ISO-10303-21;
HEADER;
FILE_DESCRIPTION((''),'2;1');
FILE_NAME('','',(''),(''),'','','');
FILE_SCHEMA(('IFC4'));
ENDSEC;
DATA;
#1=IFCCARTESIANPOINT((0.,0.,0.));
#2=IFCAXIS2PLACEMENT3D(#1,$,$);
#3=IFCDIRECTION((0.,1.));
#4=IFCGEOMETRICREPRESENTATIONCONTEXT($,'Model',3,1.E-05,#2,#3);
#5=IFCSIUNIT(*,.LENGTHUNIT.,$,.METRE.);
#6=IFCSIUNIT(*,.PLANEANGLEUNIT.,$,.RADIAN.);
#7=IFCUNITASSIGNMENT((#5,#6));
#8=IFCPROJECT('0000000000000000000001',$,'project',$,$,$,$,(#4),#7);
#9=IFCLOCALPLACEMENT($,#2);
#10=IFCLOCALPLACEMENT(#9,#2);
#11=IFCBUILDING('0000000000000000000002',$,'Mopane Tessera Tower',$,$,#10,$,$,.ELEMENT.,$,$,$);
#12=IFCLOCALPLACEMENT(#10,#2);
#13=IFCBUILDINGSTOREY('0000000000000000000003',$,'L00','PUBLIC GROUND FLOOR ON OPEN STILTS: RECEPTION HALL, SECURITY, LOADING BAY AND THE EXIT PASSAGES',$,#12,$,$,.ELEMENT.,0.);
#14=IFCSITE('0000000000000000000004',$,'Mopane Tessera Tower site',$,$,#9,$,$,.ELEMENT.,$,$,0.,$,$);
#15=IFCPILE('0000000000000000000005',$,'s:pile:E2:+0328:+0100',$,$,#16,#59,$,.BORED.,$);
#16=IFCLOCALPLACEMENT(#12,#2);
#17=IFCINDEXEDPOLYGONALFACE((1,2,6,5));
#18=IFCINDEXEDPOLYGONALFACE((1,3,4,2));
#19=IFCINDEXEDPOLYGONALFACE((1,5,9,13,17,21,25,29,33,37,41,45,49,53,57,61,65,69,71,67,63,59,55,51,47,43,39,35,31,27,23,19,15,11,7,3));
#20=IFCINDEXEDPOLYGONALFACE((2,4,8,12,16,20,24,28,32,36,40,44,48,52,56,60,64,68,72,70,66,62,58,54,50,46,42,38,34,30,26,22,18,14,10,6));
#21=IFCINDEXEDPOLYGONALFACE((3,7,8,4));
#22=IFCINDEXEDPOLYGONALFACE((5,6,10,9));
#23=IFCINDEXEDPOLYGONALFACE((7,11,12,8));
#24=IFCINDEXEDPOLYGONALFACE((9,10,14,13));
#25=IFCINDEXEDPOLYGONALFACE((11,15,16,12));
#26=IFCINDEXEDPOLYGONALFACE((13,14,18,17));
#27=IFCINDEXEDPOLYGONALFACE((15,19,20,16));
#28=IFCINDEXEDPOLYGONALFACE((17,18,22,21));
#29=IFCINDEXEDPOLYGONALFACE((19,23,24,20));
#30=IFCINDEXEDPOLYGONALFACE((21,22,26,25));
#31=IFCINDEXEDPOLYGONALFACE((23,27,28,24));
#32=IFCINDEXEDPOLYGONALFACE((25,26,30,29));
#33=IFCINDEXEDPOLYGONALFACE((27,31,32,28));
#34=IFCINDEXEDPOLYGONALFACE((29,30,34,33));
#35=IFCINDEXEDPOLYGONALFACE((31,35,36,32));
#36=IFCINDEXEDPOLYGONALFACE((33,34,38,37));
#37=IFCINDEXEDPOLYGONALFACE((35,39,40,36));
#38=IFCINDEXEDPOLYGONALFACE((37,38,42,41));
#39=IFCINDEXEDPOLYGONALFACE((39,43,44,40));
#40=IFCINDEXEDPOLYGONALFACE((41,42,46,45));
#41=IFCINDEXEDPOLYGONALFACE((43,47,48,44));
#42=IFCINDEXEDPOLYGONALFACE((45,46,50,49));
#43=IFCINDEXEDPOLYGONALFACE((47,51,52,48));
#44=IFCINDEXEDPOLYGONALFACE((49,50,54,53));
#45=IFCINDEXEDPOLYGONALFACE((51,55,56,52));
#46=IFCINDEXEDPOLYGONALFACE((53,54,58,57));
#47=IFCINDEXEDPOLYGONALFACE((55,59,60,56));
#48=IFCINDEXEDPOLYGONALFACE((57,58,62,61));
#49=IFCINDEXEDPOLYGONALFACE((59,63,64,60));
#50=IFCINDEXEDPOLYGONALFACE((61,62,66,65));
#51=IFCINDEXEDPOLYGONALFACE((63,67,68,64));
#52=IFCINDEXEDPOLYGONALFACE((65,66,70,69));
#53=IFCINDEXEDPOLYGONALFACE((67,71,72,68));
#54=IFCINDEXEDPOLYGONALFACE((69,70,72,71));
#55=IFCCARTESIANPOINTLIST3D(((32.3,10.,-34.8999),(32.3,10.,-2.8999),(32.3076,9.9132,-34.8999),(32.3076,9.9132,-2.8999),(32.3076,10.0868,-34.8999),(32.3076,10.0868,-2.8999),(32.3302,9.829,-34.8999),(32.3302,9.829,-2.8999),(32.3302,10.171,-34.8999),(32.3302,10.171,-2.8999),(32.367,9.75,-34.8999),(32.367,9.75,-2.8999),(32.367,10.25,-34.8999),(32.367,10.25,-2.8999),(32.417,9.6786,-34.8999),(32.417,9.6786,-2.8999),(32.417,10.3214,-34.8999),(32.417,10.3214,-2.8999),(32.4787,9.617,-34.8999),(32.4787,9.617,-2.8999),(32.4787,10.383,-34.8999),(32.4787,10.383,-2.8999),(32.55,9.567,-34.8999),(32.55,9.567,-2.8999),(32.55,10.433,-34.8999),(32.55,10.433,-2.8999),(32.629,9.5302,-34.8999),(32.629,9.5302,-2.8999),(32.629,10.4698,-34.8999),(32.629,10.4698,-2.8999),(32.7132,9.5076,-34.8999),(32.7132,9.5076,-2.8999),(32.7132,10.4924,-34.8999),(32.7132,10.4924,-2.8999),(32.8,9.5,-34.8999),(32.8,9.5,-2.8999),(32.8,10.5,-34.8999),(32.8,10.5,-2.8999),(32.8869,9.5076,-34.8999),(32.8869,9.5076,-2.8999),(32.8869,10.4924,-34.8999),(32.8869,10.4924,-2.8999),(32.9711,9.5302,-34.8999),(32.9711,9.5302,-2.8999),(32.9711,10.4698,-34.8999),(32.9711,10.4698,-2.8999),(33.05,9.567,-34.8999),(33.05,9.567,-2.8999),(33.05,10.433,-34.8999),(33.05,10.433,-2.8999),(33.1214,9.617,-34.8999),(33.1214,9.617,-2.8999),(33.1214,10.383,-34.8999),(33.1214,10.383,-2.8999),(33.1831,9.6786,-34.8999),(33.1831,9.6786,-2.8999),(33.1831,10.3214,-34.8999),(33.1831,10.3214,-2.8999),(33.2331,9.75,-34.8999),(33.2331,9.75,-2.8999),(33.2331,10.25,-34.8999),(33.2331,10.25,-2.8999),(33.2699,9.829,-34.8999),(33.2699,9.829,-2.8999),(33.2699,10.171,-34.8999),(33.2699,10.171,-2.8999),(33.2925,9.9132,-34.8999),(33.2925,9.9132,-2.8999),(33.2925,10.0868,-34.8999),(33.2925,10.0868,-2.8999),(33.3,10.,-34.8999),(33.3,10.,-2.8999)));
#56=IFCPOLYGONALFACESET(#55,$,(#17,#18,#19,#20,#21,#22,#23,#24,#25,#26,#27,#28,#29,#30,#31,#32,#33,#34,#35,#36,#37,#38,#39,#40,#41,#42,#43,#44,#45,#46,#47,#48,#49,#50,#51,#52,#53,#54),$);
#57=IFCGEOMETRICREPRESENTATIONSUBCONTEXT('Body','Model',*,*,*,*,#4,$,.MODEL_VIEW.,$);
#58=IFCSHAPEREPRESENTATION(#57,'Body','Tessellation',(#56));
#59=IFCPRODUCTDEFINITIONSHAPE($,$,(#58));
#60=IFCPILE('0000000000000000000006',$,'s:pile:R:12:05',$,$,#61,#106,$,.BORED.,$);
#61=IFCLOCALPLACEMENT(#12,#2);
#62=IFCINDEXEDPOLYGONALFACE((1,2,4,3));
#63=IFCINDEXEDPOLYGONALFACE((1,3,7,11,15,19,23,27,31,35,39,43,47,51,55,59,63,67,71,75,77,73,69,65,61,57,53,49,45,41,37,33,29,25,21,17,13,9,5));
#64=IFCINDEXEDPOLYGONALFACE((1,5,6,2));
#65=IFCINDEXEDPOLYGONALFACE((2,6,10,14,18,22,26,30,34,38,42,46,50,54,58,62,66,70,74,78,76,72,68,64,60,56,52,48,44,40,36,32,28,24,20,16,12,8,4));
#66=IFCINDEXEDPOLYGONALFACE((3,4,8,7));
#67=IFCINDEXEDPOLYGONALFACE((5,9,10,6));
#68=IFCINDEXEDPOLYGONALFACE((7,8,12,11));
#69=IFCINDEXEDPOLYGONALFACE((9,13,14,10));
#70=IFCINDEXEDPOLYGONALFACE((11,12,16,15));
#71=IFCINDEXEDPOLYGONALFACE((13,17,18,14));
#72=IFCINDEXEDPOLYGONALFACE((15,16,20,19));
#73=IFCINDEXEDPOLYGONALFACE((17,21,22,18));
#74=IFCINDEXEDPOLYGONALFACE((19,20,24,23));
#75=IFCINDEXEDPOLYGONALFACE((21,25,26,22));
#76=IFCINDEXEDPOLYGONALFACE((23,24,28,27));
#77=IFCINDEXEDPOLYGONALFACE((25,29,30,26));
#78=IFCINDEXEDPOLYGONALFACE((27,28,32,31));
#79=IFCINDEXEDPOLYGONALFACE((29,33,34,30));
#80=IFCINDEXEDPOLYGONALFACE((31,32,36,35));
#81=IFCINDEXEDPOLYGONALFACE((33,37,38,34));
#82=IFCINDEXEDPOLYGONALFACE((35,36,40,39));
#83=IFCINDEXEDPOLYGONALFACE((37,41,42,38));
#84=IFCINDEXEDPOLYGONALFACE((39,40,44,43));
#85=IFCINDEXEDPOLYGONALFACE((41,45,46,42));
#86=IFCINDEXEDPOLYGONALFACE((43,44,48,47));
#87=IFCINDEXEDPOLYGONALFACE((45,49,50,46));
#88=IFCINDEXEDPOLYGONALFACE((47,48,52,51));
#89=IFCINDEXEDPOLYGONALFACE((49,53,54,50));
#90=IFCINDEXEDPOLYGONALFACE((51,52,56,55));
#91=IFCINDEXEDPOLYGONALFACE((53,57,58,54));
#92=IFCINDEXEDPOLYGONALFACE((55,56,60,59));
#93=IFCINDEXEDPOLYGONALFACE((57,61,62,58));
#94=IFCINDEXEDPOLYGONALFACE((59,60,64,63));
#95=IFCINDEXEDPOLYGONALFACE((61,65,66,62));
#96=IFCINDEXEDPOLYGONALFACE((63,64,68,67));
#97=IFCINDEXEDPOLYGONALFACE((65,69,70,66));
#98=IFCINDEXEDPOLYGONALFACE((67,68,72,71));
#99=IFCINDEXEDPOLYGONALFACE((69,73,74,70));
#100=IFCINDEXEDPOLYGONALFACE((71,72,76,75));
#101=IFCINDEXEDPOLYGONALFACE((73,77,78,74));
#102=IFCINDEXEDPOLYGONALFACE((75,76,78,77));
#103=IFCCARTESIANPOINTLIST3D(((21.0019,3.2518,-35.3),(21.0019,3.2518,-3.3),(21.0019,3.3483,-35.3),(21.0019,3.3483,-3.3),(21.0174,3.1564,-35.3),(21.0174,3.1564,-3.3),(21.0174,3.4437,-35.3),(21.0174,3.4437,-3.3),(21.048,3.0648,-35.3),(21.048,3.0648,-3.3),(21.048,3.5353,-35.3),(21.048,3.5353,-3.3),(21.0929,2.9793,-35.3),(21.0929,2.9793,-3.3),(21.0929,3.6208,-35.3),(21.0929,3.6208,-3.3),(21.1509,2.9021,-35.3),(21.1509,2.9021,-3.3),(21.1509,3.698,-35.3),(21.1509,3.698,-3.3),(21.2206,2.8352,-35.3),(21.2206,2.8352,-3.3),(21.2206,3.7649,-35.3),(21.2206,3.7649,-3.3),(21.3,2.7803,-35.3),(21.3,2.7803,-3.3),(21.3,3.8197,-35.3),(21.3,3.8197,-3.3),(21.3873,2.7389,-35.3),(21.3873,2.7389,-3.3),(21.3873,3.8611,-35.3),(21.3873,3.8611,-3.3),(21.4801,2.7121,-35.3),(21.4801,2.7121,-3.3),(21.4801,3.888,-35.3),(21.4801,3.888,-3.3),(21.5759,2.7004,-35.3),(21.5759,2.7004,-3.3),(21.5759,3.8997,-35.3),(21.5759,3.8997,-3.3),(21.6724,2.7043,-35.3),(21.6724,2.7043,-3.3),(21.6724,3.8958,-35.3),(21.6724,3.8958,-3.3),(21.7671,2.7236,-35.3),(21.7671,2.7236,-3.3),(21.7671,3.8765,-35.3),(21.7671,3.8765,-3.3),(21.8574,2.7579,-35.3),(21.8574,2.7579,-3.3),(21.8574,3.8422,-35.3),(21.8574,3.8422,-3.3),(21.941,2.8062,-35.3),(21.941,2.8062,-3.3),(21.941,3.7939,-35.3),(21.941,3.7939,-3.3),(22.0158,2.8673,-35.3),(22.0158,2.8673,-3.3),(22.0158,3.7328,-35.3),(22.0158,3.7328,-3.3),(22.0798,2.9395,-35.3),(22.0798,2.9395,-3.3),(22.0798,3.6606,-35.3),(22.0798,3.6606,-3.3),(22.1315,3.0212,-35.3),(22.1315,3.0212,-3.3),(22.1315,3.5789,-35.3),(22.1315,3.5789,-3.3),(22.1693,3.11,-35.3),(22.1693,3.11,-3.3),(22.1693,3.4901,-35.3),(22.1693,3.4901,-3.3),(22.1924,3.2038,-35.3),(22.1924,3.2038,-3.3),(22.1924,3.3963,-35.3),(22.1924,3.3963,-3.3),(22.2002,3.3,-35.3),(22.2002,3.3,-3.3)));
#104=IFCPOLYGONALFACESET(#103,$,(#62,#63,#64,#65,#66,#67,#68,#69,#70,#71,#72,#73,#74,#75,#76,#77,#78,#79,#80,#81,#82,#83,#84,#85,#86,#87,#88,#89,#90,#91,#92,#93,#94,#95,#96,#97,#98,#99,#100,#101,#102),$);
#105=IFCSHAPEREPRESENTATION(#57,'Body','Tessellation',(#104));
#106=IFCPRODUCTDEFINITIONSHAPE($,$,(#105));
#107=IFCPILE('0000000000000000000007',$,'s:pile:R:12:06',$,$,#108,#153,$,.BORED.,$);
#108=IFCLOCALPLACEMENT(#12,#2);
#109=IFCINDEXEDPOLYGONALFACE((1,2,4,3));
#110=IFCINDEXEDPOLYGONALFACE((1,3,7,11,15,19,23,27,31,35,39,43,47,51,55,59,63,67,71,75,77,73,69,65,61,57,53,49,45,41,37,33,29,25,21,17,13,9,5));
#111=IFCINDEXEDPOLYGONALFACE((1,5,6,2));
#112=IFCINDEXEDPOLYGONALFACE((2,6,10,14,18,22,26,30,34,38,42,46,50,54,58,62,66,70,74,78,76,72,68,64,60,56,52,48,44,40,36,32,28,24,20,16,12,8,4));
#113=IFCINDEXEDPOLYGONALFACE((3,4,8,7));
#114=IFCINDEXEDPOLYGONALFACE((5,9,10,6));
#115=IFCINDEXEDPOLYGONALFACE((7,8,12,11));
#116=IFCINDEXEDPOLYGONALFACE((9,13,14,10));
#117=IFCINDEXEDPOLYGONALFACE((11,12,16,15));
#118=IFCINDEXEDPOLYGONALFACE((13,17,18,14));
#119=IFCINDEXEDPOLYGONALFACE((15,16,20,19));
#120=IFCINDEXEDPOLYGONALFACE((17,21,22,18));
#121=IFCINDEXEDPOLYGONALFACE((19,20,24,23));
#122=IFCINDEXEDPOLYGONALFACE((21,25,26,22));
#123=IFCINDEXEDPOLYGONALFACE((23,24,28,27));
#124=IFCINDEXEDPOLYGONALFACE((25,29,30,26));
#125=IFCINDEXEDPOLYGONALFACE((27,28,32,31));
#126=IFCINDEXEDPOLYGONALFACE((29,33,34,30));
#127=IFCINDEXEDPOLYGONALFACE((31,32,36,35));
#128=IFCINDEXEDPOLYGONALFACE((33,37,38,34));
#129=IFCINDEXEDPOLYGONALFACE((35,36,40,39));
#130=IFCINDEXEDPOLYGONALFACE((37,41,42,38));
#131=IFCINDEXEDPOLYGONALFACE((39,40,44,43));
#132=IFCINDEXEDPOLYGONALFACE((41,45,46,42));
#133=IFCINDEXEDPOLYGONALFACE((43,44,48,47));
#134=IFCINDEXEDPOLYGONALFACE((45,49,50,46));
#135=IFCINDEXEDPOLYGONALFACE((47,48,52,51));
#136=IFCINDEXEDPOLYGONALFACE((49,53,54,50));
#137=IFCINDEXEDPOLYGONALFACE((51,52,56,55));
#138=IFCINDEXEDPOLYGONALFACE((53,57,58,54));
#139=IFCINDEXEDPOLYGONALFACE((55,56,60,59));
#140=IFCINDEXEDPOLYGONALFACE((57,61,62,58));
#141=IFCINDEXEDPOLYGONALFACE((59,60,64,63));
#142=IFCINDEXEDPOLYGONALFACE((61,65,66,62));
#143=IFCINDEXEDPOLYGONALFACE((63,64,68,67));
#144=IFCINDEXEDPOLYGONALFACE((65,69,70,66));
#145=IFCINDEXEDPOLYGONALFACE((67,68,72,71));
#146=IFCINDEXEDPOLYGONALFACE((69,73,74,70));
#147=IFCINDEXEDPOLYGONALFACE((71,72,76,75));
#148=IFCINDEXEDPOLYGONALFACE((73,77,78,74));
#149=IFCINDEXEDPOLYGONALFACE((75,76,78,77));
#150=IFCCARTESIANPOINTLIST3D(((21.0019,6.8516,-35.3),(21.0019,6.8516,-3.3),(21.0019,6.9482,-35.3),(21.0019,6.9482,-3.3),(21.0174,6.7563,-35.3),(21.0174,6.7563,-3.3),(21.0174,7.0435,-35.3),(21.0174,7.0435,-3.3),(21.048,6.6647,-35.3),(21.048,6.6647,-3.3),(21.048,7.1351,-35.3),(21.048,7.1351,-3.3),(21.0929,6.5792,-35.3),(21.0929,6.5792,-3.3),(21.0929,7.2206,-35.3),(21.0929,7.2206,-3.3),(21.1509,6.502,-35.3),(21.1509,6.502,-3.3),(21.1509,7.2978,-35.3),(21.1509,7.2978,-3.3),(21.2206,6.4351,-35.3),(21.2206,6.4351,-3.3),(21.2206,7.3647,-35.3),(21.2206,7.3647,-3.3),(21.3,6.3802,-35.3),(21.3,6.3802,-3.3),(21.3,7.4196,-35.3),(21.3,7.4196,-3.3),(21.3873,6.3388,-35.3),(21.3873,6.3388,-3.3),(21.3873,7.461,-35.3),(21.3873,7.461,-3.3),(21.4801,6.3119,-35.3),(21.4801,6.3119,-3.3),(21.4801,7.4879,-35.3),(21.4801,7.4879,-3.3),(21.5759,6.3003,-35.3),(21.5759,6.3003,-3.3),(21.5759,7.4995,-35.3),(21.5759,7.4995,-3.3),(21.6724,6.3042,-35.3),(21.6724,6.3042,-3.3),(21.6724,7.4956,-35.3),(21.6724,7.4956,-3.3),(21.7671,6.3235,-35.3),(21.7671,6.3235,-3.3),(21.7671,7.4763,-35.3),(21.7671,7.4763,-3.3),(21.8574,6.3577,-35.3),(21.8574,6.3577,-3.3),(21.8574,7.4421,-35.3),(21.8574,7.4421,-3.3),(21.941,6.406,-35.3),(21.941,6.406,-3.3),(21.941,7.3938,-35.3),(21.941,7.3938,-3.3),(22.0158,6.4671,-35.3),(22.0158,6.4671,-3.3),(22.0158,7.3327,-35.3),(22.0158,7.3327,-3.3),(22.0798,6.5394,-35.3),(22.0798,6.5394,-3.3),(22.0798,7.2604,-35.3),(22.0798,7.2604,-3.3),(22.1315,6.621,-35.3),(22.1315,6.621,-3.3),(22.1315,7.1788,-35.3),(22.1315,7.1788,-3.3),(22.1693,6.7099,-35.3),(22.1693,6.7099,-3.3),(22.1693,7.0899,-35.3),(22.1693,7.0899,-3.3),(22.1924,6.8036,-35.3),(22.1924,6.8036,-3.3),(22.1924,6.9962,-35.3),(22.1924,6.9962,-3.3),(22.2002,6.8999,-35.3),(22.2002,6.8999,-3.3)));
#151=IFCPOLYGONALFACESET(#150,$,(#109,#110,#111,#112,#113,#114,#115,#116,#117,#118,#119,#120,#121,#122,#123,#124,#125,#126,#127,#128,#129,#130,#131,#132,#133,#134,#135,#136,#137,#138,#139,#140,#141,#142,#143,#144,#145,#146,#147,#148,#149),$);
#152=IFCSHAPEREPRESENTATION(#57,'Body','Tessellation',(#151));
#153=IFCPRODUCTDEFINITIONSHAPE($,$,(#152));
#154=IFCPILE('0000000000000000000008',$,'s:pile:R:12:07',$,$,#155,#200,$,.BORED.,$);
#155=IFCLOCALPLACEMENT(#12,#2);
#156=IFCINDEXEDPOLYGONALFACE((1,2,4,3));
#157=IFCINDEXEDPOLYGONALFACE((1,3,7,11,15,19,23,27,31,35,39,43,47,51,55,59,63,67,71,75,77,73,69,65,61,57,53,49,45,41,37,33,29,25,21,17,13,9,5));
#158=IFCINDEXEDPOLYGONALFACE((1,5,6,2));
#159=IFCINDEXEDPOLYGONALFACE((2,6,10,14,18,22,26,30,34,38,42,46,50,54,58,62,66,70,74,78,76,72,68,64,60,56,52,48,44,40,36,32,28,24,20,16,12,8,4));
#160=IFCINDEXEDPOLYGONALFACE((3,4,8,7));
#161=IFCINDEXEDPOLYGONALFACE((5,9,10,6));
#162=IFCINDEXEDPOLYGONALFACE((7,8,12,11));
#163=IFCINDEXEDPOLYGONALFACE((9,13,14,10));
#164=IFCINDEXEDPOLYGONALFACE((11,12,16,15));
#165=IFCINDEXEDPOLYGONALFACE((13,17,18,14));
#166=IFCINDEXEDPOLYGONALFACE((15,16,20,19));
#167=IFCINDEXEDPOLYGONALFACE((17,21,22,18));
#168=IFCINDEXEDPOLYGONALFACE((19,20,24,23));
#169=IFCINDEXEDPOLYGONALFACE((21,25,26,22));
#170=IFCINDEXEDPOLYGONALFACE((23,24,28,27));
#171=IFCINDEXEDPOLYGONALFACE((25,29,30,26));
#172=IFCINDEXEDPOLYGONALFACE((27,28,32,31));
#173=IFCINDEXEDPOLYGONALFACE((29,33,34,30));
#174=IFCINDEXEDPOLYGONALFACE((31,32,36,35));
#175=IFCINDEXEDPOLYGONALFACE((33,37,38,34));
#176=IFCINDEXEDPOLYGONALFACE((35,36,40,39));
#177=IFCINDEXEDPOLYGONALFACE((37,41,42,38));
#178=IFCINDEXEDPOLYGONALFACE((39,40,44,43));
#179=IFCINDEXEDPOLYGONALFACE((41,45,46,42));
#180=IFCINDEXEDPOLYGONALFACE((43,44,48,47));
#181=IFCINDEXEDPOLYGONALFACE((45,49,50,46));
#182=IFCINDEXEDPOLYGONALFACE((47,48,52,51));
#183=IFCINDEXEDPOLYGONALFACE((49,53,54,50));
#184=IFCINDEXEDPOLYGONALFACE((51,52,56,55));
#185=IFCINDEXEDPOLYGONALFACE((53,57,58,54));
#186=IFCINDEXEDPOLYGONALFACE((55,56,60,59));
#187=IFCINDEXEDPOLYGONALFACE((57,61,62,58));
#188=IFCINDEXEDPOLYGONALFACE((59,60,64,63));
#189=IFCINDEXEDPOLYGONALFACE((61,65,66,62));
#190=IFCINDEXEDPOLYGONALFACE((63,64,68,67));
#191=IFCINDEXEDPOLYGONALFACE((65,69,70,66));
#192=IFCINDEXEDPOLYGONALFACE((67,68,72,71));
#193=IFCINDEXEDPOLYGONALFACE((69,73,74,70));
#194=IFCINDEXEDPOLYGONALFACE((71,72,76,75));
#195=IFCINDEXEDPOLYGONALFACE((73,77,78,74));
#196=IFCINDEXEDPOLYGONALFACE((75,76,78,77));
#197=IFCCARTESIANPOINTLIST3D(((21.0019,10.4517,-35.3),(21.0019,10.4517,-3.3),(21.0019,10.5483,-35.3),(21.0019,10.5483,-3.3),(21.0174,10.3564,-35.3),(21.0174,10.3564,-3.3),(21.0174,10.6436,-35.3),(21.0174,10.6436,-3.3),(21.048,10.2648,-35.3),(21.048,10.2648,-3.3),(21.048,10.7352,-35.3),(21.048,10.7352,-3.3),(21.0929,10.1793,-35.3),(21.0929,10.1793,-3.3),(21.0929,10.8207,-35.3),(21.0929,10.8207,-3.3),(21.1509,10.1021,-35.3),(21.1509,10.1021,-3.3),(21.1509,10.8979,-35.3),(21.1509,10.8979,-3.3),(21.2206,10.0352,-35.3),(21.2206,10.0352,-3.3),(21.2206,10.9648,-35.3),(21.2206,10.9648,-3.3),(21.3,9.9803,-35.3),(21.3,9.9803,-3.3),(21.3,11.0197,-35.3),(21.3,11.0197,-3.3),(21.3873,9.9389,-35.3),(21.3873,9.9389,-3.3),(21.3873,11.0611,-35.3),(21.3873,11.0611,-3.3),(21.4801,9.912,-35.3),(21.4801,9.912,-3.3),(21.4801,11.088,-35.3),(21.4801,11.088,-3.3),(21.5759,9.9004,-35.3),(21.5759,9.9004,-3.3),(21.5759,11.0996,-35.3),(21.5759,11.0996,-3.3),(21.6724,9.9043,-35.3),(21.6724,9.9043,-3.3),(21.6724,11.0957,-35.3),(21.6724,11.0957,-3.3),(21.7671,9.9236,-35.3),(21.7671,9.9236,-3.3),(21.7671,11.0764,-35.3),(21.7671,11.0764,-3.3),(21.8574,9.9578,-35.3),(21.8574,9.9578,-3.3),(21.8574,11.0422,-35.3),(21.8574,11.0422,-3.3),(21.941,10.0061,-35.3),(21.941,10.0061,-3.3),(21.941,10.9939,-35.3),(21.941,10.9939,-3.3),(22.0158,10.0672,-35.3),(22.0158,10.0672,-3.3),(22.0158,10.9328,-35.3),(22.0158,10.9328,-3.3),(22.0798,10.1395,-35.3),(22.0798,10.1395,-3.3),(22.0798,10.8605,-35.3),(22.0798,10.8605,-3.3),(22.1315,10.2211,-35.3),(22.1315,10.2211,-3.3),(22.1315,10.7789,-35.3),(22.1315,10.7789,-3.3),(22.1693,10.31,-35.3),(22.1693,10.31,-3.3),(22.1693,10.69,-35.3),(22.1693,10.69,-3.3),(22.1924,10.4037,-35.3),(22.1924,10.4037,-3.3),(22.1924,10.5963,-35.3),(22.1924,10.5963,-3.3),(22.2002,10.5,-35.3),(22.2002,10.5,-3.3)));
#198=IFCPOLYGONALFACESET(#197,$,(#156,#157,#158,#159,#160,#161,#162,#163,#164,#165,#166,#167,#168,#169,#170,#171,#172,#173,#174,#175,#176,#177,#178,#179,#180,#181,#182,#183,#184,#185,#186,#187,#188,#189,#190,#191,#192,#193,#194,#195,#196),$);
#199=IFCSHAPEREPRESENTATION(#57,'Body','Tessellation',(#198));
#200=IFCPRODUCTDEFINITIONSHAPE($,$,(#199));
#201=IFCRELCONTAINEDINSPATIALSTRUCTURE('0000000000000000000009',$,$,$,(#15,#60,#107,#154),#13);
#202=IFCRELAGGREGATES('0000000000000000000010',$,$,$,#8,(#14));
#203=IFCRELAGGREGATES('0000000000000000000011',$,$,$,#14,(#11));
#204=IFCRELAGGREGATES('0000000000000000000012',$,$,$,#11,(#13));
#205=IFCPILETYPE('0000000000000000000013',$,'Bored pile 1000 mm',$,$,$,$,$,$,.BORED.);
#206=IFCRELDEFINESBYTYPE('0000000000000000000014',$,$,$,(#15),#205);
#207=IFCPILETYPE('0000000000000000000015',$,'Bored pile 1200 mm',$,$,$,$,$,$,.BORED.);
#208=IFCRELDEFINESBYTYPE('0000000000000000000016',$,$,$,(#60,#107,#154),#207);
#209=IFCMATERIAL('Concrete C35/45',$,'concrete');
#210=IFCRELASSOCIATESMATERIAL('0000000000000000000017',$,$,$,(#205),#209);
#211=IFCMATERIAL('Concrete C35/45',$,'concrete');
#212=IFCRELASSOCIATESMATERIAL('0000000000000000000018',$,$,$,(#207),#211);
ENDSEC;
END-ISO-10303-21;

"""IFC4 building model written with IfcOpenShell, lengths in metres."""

from ifc_helpers import new_model, si_unit, direction, frame, origin, origin_2d, place, context, subcontext, project, spatial, circle, extrude, material, material_profile, profile_set, type_object, element, save


model = new_model("IFC4")

# Units and contexts
model_context = context("Model", 3, precision=1e-05, world=origin(), true_north=direction((0.0, 1.0)))
body_context = subcontext(model_context, "Body", "Model", "MODEL_VIEW")
ifc_project = project(units=[si_unit("LENGTHUNIT", "METRE"), si_unit("PLANEANGLEUNIT", "RADIAN")], contexts=[model_context])

# Site, building, storey
site_placement = place(None, origin())
site = spatial("IfcSite", under=ifc_project, at=site_placement, Name="Mopane Tessera Tower site", CompositionType="ELEMENT", RefElevation=0.0)
building_placement = place(site_placement, origin())
building = spatial("IfcBuilding", under=site, at=building_placement, Name="Mopane Tessera Tower", CompositionType="ELEMENT")
storey_placement = place(building_placement, origin())
storey = spatial("IfcBuildingStorey", under=building, at=storey_placement, Name="L00", Description="PUBLIC GROUND FLOOR ON OPEN STILTS: RECEPTION HALL, SECURITY, LOADING BAY AND THE EXIT PASSAGES", CompositionType="ELEMENT", Elevation=0.0)

# Piles
ifc_material_1 = material(Name="Concrete C35/45", Category="concrete")
ifc_material_profile_1 = material_profile(ifc_material_1, circle(Radius=0.5, at=origin_2d()))
ifc_profile_set_1 = profile_set([ifc_material_profile_1], Name="Concrete C35/45")
pile_type_1 = type_object("IfcPileType", Name="Bored pile 1000 mm", PredefinedType="BORED", material=ifc_profile_set_1)
for number, where, z_axis, x_axis, name in (
    (1, (32.8, 10.0, -2.8999), (0.0, 0.0, -1.0), (1.0, 0.0, 0.0), "s:pile:E2:+0328:+0100"),
):
    element("IfcPile", number, at=place(storey_placement, frame(where, z_axis=z_axis, x_axis=x_axis)), inside=storey, type_object=pile_type_1, Name=name, PredefinedType="BORED", context=body_context, shape_type="SweptSolid", body=[
        extrude(circle(Radius=0.5, at=origin_2d()), origin(), (0.0, 0.0, 1.0), 32.0),
    ])
ifc_material_2 = material(Name="Concrete C35/45", Category="concrete")
ifc_material_profile_2 = material_profile(ifc_material_2, circle(Radius=0.6001, at=origin_2d()))
ifc_profile_set_2 = profile_set([ifc_material_profile_2], Name="Concrete C35/45")
pile_type_2 = type_object("IfcPileType", Name="Bored pile 1200 mm", PredefinedType="BORED", material=ifc_profile_set_2)
for number, where, z_axis, x_axis, name in (
    (2, (21.6001, 3.3, -3.3), (0.0, 0.0, -1.0), (1.0, 0.0, 0.0), "s:pile:R:12:05"),
    (3, (21.6001, 6.8999, -3.3), (0.0, 0.0, -1.0), (1.0, 0.0, 0.0), "s:pile:R:12:06"),
    (4, (21.6001, 10.5, -3.3), (0.0, 0.0, -1.0), (1.0, 0.0, 0.0), "s:pile:R:12:07"),
):
    element("IfcPile", number, at=place(storey_placement, frame(where, z_axis=z_axis, x_axis=x_axis)), inside=storey, type_object=pile_type_2, Name=name, PredefinedType="BORED", context=body_context, shape_type="SweptSolid", body=[
        extrude(circle(Radius=0.6001, at=origin_2d()), origin(), (0.0, 0.0, 1.0), 32.0),
    ])

save(model, "model.ifc")
